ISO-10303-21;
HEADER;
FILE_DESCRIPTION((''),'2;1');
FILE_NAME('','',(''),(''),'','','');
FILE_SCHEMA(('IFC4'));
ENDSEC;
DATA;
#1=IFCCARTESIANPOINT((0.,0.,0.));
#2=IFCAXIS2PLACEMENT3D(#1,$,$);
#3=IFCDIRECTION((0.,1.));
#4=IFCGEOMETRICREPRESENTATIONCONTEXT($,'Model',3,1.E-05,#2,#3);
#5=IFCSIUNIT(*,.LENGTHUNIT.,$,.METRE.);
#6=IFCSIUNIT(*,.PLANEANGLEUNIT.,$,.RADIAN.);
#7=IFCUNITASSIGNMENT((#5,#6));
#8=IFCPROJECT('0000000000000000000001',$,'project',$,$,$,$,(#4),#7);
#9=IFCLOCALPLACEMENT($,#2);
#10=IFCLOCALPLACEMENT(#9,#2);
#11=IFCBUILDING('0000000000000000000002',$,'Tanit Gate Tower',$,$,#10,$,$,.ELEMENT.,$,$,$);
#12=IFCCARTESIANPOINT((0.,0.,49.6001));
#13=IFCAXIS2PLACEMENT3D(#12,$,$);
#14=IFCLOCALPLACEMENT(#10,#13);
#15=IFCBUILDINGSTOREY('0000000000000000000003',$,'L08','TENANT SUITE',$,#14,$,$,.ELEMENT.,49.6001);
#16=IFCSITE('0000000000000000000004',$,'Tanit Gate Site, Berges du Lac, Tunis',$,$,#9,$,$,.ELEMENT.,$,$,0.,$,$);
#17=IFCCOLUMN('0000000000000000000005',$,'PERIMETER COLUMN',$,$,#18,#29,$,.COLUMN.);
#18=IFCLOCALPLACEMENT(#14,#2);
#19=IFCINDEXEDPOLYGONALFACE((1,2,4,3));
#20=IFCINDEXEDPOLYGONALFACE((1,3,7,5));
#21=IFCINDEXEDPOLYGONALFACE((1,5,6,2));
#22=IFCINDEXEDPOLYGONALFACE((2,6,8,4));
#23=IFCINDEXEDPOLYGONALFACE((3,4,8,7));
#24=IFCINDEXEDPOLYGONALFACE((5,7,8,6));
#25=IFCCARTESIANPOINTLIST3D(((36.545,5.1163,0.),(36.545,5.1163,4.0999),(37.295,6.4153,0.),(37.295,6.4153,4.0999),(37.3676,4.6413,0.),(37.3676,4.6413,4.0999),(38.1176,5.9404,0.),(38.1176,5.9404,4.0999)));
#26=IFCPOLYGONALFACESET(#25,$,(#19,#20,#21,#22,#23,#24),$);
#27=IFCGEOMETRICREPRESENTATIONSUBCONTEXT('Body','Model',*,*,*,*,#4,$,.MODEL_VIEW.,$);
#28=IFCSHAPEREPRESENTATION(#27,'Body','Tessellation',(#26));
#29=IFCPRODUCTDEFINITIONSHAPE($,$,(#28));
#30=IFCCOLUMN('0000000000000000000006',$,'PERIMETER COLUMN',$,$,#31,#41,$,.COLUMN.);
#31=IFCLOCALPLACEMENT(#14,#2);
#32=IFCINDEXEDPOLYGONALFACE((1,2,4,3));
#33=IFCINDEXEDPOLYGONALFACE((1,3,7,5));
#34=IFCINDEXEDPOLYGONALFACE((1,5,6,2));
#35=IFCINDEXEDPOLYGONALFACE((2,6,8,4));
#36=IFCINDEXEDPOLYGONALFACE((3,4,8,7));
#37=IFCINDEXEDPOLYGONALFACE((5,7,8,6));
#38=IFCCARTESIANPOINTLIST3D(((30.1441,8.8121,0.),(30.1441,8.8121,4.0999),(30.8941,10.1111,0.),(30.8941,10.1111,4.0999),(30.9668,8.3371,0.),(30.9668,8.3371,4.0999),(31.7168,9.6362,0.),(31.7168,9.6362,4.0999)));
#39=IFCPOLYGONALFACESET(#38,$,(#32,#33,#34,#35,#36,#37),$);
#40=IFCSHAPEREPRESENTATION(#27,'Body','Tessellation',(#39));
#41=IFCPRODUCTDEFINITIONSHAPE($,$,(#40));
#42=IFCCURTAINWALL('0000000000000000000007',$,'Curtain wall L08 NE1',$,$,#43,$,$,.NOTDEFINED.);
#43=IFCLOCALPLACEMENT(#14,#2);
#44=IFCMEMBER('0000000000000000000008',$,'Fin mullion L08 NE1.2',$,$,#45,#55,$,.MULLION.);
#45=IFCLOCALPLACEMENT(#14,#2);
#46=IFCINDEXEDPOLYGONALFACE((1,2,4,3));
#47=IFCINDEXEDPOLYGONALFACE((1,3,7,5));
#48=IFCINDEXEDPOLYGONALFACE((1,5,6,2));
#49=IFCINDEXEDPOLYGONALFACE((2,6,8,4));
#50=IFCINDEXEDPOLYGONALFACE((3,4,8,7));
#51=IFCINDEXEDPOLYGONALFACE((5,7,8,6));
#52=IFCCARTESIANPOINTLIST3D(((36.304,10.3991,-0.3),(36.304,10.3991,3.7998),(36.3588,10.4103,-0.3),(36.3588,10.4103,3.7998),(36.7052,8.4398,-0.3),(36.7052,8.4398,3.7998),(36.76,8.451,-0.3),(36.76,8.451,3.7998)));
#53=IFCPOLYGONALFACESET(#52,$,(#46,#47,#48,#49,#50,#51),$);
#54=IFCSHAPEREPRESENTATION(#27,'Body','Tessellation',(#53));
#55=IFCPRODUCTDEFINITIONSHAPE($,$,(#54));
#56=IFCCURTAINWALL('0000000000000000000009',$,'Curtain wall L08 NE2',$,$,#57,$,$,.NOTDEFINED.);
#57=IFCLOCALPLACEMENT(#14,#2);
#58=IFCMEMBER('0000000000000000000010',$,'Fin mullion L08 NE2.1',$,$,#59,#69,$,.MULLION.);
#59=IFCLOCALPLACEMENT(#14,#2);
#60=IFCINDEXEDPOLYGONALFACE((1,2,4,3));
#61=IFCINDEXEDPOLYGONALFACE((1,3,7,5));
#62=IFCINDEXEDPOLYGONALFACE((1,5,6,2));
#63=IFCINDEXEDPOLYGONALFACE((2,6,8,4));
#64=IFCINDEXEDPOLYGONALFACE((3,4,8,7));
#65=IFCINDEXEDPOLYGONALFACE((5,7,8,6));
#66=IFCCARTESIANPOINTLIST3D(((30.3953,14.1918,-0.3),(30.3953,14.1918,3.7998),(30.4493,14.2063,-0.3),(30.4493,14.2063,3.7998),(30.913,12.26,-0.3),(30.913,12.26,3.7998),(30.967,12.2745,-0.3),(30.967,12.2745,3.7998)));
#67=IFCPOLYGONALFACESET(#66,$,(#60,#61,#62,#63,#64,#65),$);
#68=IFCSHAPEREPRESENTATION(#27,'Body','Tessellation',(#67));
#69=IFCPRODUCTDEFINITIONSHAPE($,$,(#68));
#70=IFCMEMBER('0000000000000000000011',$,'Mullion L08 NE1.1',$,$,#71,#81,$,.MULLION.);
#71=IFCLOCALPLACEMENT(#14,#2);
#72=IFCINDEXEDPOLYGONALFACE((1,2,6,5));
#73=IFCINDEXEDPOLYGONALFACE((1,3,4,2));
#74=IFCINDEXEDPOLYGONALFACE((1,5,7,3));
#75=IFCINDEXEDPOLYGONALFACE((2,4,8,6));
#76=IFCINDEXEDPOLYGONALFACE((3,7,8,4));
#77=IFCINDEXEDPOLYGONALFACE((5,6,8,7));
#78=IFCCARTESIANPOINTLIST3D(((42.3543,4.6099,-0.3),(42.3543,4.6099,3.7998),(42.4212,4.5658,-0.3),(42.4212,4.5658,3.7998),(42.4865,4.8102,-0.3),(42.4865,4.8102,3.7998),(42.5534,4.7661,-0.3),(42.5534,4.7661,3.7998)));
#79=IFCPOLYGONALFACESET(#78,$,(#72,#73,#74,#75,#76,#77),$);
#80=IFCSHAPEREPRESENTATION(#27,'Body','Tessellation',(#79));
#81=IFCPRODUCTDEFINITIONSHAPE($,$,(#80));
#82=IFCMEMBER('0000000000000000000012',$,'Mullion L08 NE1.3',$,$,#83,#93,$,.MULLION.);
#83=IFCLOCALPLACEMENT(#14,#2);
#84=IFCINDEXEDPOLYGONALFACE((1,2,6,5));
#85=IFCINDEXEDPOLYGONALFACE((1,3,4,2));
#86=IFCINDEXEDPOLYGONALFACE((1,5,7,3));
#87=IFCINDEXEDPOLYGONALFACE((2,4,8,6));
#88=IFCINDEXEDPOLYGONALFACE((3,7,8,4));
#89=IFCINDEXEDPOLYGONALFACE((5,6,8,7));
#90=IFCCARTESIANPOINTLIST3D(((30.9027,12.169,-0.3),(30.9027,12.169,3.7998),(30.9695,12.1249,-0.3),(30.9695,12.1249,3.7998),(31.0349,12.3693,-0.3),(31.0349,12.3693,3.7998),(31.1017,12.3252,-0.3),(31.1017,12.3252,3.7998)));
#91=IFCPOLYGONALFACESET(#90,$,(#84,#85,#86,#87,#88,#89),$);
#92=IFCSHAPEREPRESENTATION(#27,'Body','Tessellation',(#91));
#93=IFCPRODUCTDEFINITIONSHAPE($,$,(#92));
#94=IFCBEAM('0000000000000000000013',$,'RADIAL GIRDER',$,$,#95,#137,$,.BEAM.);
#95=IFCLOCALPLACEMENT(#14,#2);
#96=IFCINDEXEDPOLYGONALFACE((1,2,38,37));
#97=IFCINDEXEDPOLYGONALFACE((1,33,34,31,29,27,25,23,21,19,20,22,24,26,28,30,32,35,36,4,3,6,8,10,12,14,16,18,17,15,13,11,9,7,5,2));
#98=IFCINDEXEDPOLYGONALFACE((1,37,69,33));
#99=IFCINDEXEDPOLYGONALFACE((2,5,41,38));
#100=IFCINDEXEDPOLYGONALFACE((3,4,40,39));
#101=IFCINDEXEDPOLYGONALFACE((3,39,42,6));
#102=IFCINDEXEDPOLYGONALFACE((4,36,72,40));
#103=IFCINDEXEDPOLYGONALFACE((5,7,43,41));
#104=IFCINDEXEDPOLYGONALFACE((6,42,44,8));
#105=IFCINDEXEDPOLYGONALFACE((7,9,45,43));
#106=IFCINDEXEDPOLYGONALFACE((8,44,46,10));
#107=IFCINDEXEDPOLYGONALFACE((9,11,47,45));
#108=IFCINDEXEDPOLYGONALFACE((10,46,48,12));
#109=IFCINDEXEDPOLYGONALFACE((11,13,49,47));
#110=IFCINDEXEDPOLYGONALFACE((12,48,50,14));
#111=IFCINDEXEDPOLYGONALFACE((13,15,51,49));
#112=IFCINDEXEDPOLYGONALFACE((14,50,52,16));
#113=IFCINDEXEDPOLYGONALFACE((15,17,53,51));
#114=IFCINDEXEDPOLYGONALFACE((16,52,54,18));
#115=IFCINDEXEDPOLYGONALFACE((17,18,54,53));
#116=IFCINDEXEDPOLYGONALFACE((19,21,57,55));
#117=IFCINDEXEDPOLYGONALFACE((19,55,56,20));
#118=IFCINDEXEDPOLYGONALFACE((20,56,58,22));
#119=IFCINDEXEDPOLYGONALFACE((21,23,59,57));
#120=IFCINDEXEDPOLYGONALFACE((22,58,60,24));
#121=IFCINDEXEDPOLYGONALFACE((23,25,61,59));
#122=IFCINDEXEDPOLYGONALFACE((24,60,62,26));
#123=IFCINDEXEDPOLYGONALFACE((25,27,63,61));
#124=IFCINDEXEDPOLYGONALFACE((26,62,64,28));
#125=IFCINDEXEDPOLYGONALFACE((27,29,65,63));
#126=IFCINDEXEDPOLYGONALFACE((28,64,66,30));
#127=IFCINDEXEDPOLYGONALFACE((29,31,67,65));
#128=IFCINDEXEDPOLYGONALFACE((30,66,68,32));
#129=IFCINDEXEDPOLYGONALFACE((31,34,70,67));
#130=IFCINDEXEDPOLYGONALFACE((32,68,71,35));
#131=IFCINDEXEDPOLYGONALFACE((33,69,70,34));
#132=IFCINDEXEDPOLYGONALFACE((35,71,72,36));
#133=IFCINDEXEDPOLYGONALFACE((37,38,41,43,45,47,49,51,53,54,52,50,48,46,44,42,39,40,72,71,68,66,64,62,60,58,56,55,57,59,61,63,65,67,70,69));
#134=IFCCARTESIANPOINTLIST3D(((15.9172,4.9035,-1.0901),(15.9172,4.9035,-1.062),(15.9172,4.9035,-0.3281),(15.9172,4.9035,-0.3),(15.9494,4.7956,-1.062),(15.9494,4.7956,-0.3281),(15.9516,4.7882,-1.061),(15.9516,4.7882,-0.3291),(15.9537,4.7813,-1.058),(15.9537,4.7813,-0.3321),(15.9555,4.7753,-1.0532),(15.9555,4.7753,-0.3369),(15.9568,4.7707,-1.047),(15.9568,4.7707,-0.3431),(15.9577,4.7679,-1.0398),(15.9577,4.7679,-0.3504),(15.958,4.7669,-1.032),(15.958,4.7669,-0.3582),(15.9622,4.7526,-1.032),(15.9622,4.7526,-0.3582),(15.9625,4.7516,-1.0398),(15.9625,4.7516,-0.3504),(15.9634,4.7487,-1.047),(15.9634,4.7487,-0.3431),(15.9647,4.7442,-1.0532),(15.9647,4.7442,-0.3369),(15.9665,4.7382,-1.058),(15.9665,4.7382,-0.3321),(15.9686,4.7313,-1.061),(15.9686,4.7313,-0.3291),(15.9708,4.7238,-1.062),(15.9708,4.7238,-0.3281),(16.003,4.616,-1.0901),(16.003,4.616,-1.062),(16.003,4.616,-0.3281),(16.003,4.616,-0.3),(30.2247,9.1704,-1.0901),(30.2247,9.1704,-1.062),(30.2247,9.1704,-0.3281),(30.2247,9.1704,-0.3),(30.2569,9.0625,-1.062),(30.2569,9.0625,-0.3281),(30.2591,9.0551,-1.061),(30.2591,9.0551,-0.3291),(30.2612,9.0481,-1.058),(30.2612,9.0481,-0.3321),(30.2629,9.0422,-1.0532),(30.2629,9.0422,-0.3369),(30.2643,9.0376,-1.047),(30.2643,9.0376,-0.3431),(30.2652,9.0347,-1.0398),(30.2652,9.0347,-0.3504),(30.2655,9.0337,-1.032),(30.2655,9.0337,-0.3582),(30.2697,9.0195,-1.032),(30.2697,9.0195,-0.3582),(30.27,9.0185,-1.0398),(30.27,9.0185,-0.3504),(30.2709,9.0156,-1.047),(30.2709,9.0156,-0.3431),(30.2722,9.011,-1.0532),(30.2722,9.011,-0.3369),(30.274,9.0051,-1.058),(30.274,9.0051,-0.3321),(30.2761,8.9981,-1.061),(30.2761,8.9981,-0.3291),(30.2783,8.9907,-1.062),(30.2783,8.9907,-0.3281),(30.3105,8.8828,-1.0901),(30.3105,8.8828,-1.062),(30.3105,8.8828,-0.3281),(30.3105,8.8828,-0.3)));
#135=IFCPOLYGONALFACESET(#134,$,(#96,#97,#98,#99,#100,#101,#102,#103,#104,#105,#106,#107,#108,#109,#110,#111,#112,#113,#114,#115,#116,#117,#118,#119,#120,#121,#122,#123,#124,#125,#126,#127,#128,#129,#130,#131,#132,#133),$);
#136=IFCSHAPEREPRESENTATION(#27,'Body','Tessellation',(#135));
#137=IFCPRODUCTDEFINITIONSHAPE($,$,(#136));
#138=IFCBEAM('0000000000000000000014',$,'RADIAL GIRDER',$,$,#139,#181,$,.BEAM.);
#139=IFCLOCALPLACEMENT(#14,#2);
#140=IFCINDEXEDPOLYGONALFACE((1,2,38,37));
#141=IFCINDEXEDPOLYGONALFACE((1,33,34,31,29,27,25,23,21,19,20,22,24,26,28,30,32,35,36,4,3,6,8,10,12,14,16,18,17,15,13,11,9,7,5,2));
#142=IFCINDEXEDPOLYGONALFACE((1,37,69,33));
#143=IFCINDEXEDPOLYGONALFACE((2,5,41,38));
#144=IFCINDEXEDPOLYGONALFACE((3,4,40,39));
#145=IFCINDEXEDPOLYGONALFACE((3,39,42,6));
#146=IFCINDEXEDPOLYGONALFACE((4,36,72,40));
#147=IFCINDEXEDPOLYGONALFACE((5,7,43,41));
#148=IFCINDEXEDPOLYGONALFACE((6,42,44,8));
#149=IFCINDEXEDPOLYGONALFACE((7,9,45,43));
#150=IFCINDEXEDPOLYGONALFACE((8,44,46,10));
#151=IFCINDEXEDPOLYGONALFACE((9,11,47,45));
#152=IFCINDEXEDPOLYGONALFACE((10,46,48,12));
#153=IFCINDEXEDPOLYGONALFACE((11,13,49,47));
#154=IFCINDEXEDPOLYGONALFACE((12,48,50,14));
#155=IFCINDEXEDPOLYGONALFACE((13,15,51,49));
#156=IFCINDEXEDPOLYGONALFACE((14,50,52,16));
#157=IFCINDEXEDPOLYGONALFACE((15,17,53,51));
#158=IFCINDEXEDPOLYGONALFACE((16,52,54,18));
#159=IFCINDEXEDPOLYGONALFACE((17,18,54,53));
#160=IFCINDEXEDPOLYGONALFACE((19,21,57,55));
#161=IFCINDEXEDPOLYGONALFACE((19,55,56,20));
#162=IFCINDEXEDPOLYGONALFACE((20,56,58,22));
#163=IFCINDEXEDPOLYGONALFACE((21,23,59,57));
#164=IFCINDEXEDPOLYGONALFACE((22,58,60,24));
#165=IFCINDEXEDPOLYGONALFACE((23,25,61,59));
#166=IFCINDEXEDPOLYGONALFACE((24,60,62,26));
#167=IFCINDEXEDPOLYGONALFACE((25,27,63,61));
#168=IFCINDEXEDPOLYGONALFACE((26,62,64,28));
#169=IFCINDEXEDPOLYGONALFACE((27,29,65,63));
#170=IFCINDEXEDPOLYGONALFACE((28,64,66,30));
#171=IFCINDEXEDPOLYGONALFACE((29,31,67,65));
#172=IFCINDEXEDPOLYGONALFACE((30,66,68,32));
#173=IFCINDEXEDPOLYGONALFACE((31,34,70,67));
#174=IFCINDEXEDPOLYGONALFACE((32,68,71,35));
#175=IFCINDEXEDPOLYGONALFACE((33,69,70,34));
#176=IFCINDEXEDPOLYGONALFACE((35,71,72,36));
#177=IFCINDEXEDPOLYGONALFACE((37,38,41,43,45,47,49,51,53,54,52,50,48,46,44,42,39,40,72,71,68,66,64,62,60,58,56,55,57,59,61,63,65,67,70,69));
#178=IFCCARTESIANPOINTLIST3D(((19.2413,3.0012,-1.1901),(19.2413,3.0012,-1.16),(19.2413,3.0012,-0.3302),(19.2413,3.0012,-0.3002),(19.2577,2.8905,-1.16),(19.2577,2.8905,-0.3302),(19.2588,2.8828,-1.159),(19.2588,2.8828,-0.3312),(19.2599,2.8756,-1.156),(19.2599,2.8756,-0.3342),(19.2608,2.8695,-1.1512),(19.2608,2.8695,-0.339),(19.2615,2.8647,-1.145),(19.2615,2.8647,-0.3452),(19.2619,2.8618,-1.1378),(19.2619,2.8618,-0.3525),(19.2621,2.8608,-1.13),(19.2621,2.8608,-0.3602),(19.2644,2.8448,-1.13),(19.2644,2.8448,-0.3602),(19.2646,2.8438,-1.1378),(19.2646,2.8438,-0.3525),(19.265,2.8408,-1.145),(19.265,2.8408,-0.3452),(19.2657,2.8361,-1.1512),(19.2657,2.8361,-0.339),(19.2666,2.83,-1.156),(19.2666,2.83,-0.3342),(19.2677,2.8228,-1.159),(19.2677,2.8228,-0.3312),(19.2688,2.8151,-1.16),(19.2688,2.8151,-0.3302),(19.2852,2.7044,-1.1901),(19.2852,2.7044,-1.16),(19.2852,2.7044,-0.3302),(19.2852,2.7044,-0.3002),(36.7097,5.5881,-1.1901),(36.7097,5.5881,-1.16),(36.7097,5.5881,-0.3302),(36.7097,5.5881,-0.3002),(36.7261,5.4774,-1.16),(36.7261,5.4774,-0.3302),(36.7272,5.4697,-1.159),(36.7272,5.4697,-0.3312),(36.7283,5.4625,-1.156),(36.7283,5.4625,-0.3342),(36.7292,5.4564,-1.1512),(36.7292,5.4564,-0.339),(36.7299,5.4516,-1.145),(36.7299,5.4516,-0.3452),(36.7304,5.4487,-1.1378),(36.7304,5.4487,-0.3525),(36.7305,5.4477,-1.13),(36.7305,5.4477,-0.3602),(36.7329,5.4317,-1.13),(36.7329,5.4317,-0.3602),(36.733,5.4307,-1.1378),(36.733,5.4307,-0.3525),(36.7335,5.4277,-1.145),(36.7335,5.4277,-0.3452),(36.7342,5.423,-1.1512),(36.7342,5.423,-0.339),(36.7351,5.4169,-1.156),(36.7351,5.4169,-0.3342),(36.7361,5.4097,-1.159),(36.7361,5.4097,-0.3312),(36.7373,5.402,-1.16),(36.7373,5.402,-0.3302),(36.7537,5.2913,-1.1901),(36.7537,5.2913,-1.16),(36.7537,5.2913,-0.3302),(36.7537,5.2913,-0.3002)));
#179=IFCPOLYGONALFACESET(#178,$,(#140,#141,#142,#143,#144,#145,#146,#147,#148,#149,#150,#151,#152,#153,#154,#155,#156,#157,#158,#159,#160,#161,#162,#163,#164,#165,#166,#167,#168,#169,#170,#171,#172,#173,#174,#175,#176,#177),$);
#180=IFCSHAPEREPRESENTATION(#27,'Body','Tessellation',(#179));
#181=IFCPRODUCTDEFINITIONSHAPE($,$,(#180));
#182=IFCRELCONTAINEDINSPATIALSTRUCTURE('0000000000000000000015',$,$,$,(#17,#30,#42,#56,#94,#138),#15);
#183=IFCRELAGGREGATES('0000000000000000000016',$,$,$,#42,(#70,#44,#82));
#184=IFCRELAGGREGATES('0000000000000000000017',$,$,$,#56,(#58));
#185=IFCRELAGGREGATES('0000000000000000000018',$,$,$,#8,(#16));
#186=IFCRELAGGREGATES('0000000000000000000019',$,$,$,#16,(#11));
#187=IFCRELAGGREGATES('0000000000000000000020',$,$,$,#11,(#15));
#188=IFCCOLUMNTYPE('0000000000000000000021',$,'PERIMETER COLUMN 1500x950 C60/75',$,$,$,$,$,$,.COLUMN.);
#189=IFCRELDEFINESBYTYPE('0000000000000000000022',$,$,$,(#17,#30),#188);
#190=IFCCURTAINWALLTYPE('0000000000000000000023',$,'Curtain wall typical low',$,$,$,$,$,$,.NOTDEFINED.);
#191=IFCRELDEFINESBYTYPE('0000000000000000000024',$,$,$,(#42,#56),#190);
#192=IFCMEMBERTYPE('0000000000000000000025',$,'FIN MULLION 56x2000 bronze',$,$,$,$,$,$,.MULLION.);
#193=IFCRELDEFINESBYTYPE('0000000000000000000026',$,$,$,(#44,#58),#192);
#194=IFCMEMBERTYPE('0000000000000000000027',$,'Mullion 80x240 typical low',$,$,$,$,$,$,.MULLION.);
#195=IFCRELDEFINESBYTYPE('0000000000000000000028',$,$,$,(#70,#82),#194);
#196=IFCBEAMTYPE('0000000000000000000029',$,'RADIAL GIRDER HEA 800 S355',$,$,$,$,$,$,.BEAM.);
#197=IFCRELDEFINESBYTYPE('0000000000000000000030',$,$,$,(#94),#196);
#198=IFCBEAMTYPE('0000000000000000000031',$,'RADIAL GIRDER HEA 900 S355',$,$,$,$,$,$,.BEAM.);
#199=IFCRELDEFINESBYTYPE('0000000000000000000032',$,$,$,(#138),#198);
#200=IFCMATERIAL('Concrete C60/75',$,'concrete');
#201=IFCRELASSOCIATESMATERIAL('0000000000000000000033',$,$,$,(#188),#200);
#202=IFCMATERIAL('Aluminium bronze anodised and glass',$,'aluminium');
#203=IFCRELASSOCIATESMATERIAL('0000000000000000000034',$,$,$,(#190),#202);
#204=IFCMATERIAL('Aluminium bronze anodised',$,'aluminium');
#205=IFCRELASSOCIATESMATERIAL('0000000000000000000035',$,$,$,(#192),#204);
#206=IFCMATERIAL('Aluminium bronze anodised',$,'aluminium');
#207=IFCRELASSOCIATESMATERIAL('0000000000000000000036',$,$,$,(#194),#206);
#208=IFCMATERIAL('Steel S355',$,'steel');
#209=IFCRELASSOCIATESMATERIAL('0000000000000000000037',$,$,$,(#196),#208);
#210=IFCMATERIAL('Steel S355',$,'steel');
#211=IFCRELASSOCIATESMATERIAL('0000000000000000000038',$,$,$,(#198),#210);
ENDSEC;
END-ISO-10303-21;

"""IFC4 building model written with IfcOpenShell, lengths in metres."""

from ifc_helpers import new_model, si_unit, direction, frame, origin, origin_2d, place, context, subcontext, project, spatial, rectangle, i_section, extrude, material, material_profile, profile_set, type_object, element, aggregate, save


model = new_model("IFC4")

# Units and contexts
model_context = context("Model", 3, precision=1e-05, world=origin(), true_north=direction((0.0, 1.0)))
body_context = subcontext(model_context, "Body", "Model", "MODEL_VIEW")
ifc_project = project(units=[si_unit("LENGTHUNIT", "METRE"), si_unit("PLANEANGLEUNIT", "RADIAN")], contexts=[model_context])

# Site, building, storey
site_placement = place(None, origin())
site = spatial("IfcSite", under=ifc_project, at=site_placement, Name="Tanit Gate Site, Berges du Lac, Tunis", CompositionType="ELEMENT", RefElevation=0.0)
building_placement = place(site_placement, origin())
building = spatial("IfcBuilding", under=site, at=building_placement, Name="Tanit Gate Tower", CompositionType="ELEMENT")
storey_placement = place(building_placement, frame((0.0, 0.0, 49.6001)))
storey = spatial("IfcBuildingStorey", under=building, at=storey_placement, Name="L08", Description="TENANT SUITE", CompositionType="ELEMENT", Elevation=49.6001)

# Columns
ifc_material_1 = material(Name="Concrete C60/75", Category="concrete")
ifc_material_profile_1 = material_profile(ifc_material_1, rectangle(XDim=1.5, YDim=0.95, at=origin_2d()), Name="RC 1500x950")
ifc_profile_set_1 = profile_set([ifc_material_profile_1], Name="Concrete C60/75")
column_type = type_object("IfcColumnType", Name="PERIMETER COLUMN 1500x950 C60/75", PredefinedType="COLUMN", material=ifc_profile_set_1)
for number, where, z_axis, x_axis, name in (
    (1, (37.3313, 5.5283, 0.0), (0.0, 0.0, 1.0), (0.5, 0.866025, 0.0), "PERIMETER COLUMN"),
    (2, (30.9304, 9.2241, 0.0), (0.0, 0.0, 1.0), (0.5, 0.866025, 0.0), "PERIMETER COLUMN"),
):
    element("IfcColumn", number, at=place(storey_placement, frame(where, z_axis=z_axis, x_axis=x_axis)), inside=storey, type_object=column_type, Name=name, PredefinedType="COLUMN", context=body_context, shape_type="SweptSolid", body=[
        extrude(rectangle(XDim=1.5, YDim=0.95, at=origin_2d()), origin(), (0.0, 0.0, 1.0), 4.0999),
    ])

# Curtain walls, members
ifc_material_2 = material(Name="Aluminium bronze anodised and glass", Category="aluminium")
curtain_wall_type = type_object("IfcCurtainWallType", Name="Curtain wall typical low", PredefinedType="NOTDEFINED", material=ifc_material_2)
curtain_wall_1_placement = place(storey_placement, origin())
curtain_wall_1 = element("IfcCurtainWall", 3, at=curtain_wall_1_placement, inside=storey, type_object=curtain_wall_type, Name="Curtain wall L08 NE1", PredefinedType="NOTDEFINED")
ifc_material_3 = material(Name="Aluminium bronze anodised", Category="aluminium")
ifc_material_profile_2 = material_profile(ifc_material_3, rectangle(XDim=2.0, YDim=0.0559, at=origin_2d()), Name="56x2000 bronze fin mullion")
ifc_profile_set_2 = profile_set([ifc_material_profile_2], Name="Aluminium bronze anodised")
member_type_1 = type_object("IfcMemberType", Name="FIN MULLION 56x2000 bronze", PredefinedType="MULLION", material=ifc_profile_set_2)
member_1_placement = place(storey_placement, frame((36.532, 9.425, -0.3), z_axis=(0.0, 0.0, 1.0), x_axis=(0.200582, -0.979677, 0.0)))
member_1 = element("IfcMember", 4, at=member_1_placement, type_object=member_type_1, Name="Fin mullion L08 NE1.2", PredefinedType="MULLION", context=body_context, shape_type="SweptSolid", body=[
    extrude(rectangle(XDim=2.0, YDim=0.0559, at=origin_2d()), origin(), (0.0, 0.0, 1.0), 4.0999),
])
curtain_wall_2_placement = place(storey_placement, origin())
curtain_wall_2 = element("IfcCurtainWall", 5, at=curtain_wall_2_placement, inside=storey, type_object=curtain_wall_type, Name="Curtain wall L08 NE2", PredefinedType="NOTDEFINED")
member_2_placement = place(storey_placement, frame((30.6812, 13.2332, -0.3), z_axis=(0.0, 0.0, 1.0), x_axis=(0.258886, -0.965908, 0.0)))
member_2 = element("IfcMember", 6, at=member_2_placement, type_object=member_type_1, Name="Fin mullion L08 NE2.1", PredefinedType="MULLION", context=body_context, shape_type="SweptSolid", body=[
    extrude(rectangle(XDim=2.0, YDim=0.0559, at=origin_2d()), origin(), (0.0, 0.0, 1.0), 4.0999),
])

# Members
ifc_material_4 = material(Name="Aluminium bronze anodised", Category="aluminium")
ifc_material_profile_3 = material_profile(ifc_material_4, rectangle(XDim=0.24, YDim=0.0801, at=origin_2d()), Name="80x240 bronze mullion")
ifc_profile_set_3 = profile_set([ifc_material_profile_3], Name="Aluminium bronze anodised")
member_type_2 = type_object("IfcMemberType", Name="Mullion 80x240 typical low", PredefinedType="MULLION", material=ifc_profile_set_3)
member_3_placement = place(storey_placement, frame((42.4539, 4.688, -0.3), z_axis=(0.0, 0.0, 1.0), x_axis=(-0.550903, -0.834569, 0.0)))
member_3 = element("IfcMember", 7, at=member_3_placement, type_object=member_type_2, Name="Mullion L08 NE1.1", PredefinedType="MULLION", context=body_context, shape_type="SweptSolid", body=[
    extrude(rectangle(XDim=0.24, YDim=0.0801, at=origin_2d()), origin(), (0.0, 0.0, 1.0), 4.0999),
])
member_4_placement = place(storey_placement, frame((31.0022, 12.2471, -0.3), z_axis=(0.0, 0.0, 1.0), x_axis=(-0.550903, -0.834569, 0.0)))
member_4 = element("IfcMember", 8, at=member_4_placement, type_object=member_type_2, Name="Mullion L08 NE1.3", PredefinedType="MULLION", context=body_context, shape_type="SweptSolid", body=[
    extrude(rectangle(XDim=0.24, YDim=0.0801, at=origin_2d()), origin(), (0.0, 0.0, 1.0), 4.0999),
])

# Beams
ifc_material_5 = material(Name="Steel S355", Category="steel")
ifc_material_profile_4 = material_profile(ifc_material_5, i_section(OverallWidth=0.3, OverallDepth=0.79, WebThickness=0.0149, FlangeThickness=0.0281, FilletRadius=0.03, at=origin_2d()), Name="HEA 800")
ifc_profile_set_4 = profile_set([ifc_material_profile_4], Name="Steel S355")
beam_type_1 = type_object("IfcBeamType", Name="RADIAL GIRDER HEA 800 S355", PredefinedType="BEAM", material=ifc_profile_set_4)
beam_1_placement = place(storey_placement, frame((30.2676, 9.0266, -0.6951), z_axis=(-0.958293, -0.285789, 0.0), x_axis=(0.285789, -0.958293, 0.0)))
element("IfcBeam", 9, at=beam_1_placement, inside=storey, type_object=beam_type_1, Name="RADIAL GIRDER", PredefinedType="BEAM", context=body_context, shape_type="SweptSolid", body=[
    extrude(i_section(OverallWidth=0.3, OverallDepth=0.79, WebThickness=0.0149, FlangeThickness=0.0281, FilletRadius=0.03, at=origin_2d()), origin(), (0.0, 0.0, 1.0), 14.9302),
])
ifc_material_6 = material(Name="Steel S355", Category="steel")
ifc_material_profile_5 = material_profile(ifc_material_6, i_section(OverallWidth=0.3, OverallDepth=0.8899, WebThickness=0.0161, FlangeThickness=0.03, FilletRadius=0.03, at=origin_2d()), Name="HEA 900")
ifc_profile_set_5 = profile_set([ifc_material_profile_5], Name="Steel S355")
beam_type_2 = type_object("IfcBeamType", Name="RADIAL GIRDER HEA 900 S355", PredefinedType="BEAM", material=ifc_profile_set_5)
beam_2_placement = place(storey_placement, frame((36.7317, 5.4397, -0.7451), z_axis=(-0.989212, -0.146493, 0.0), x_axis=(0.146493, -0.989212, 0.0)))
element("IfcBeam", 10, at=beam_2_placement, inside=storey, type_object=beam_type_2, Name="RADIAL GIRDER", PredefinedType="BEAM", context=body_context, shape_type="SweptSolid", body=[
    extrude(i_section(OverallWidth=0.3, OverallDepth=0.8899, WebThickness=0.0161, FlangeThickness=0.03, FilletRadius=0.03, at=origin_2d()), origin(), (0.0, 0.0, 1.0), 17.6589),
])

aggregate(curtain_wall_1, [member_3, member_1, member_4])
aggregate(curtain_wall_2, [member_2])

save(model, "model.ifc")
